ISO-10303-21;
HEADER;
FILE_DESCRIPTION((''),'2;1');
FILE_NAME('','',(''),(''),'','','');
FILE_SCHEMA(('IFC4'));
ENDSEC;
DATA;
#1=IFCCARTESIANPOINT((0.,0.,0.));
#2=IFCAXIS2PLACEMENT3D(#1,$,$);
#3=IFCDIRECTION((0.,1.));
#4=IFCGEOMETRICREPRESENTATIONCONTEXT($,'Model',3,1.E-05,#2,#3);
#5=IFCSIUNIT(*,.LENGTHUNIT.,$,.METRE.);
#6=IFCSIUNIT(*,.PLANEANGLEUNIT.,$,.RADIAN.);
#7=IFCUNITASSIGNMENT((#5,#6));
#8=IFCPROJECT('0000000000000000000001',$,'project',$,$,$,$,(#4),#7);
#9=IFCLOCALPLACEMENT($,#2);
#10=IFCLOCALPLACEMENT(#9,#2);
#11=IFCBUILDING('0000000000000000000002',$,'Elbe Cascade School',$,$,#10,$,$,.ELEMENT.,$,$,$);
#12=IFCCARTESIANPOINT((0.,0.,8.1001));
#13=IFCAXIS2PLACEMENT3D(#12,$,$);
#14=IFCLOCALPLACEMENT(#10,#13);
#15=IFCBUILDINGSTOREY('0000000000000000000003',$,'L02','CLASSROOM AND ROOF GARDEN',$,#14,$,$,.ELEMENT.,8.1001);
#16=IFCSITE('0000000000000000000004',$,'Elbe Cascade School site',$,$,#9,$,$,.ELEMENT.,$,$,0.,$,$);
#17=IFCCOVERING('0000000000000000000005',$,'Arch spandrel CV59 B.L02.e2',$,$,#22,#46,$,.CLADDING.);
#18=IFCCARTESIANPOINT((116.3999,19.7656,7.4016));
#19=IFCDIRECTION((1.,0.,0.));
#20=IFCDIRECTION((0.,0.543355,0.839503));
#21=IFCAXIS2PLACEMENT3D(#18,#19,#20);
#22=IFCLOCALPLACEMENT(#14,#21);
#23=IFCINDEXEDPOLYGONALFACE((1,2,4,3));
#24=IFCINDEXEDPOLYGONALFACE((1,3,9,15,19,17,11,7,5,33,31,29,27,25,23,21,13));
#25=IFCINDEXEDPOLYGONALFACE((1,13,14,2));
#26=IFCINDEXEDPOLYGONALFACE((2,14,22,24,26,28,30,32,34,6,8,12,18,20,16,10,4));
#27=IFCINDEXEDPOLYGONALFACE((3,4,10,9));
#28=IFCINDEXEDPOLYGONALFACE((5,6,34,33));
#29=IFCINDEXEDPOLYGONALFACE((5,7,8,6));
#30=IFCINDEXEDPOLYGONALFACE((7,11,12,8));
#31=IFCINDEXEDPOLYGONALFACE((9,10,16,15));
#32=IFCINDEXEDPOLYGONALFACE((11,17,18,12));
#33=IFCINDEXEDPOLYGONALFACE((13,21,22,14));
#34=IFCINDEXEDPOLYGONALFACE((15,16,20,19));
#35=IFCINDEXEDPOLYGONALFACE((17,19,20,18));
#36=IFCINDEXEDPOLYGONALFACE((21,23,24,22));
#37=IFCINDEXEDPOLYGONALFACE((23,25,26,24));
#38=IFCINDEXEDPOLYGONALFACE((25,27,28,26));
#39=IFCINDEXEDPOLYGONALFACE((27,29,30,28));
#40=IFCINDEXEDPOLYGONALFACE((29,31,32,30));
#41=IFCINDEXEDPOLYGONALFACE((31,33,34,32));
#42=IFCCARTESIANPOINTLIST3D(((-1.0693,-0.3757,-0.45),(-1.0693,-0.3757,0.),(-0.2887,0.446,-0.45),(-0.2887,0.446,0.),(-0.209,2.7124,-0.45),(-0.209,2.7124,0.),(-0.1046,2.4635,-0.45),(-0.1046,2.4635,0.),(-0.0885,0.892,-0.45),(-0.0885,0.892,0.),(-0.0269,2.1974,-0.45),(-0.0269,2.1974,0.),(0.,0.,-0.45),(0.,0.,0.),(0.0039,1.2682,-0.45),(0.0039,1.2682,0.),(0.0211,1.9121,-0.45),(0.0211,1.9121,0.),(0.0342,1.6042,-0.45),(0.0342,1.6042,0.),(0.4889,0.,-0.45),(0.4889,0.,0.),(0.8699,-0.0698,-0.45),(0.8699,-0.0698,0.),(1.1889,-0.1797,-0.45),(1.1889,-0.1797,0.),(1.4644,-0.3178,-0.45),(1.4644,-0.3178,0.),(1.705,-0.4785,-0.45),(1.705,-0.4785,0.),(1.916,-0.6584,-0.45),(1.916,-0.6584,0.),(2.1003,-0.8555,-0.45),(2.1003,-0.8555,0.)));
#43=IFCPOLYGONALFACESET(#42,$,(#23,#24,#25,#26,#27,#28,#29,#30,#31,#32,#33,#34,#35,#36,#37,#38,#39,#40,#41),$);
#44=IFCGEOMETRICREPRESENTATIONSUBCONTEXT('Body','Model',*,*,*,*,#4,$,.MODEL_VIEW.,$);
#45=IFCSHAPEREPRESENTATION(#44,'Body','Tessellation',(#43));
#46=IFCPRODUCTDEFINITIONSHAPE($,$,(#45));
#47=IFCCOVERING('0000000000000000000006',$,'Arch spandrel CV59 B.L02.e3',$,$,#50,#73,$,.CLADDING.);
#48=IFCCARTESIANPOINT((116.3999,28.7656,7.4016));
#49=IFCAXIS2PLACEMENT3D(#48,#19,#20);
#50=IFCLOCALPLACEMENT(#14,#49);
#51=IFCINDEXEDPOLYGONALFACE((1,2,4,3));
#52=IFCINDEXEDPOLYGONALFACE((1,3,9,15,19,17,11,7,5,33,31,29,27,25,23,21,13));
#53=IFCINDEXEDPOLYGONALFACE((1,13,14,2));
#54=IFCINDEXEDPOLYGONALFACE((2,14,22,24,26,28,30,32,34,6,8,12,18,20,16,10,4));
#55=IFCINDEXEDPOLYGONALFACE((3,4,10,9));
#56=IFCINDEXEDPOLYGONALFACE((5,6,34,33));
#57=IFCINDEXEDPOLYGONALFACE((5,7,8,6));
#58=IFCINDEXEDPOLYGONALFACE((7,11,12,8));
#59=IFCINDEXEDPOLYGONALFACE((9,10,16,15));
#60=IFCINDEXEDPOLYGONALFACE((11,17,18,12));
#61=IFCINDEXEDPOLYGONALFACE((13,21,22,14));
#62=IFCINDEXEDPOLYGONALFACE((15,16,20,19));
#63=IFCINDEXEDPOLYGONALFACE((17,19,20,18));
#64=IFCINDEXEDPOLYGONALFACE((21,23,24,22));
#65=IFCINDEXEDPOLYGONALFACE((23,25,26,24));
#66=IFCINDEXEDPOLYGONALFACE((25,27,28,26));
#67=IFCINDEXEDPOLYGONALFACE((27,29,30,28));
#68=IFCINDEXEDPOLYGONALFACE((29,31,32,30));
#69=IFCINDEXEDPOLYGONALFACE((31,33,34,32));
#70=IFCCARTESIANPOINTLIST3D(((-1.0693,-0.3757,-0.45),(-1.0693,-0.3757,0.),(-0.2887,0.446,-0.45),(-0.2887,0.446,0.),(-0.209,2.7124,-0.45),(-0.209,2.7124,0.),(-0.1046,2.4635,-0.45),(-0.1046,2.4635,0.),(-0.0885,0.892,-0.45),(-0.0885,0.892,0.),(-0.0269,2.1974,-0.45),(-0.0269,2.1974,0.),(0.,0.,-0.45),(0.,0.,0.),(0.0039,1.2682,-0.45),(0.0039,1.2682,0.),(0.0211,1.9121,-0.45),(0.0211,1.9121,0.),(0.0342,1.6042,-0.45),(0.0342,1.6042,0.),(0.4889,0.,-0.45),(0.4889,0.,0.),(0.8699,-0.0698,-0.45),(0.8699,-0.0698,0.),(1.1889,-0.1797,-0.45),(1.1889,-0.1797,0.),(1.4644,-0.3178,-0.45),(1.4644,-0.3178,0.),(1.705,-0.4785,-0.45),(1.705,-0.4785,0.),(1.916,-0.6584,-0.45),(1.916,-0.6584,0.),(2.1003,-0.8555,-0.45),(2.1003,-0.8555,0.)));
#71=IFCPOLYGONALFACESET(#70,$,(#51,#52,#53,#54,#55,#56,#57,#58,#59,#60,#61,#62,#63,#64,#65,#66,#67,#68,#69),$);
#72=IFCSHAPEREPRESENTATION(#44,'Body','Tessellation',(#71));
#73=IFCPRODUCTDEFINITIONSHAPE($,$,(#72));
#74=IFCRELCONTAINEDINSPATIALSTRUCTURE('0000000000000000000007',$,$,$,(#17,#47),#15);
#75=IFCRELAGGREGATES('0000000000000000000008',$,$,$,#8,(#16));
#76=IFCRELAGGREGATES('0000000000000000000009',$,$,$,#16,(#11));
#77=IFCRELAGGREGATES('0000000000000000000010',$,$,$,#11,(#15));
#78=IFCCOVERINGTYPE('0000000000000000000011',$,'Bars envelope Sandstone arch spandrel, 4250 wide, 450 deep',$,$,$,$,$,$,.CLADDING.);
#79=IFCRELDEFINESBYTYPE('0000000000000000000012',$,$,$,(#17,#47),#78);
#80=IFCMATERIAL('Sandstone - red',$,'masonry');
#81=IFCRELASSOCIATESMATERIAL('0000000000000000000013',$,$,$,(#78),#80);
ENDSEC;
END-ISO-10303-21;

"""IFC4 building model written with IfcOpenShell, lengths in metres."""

from ifc_helpers import new_model, si_unit, direction, frame, origin, place, context, subcontext, project, spatial, polyline, outline, extrude, material, type_object, element, save


model = new_model("IFC4")

# Units and contexts
model_context = context("Model", 3, precision=1e-05, world=origin(), true_north=direction((0.0, 1.0)))
body_context = subcontext(model_context, "Body", "Model", "MODEL_VIEW")
ifc_project = project(units=[si_unit("LENGTHUNIT", "METRE"), si_unit("PLANEANGLEUNIT", "RADIAN")], contexts=[model_context])

# Site, building, storey
site_placement = place(None, origin())
site = spatial("IfcSite", under=ifc_project, at=site_placement, Name="Elbe Cascade School site", CompositionType="ELEMENT", RefElevation=0.0)
building_placement = place(site_placement, origin())
building = spatial("IfcBuilding", under=site, at=building_placement, Name="Elbe Cascade School", CompositionType="ELEMENT")
storey_placement = place(building_placement, frame((0.0, 0.0, 8.1001)))
storey = spatial("IfcBuildingStorey", under=building, at=storey_placement, Name="L02", Description="CLASSROOM AND ROOF GARDEN", CompositionType="ELEMENT", Elevation=8.1001)

# Coverings
ifc_material_1 = material(Name="Sandstone - red", Category="masonry")
covering_type_1 = type_object("IfcCoveringType", Name="Bars envelope Sandstone arch spandrel, 4250 wide, 450 deep", PredefinedType="CLADDING", material=ifc_material_1)
for number, where, z_axis, x_axis, name in (
    (1, (116.3999, 19.7656, 7.4016), (1.0, 0.0, 0.0), (0.0, 0.543355, 0.839503), "Arch spandrel CV59 B.L02.e2"),
    (2, (116.3999, 28.7656, 7.4016), (1.0, 0.0, 0.0), (0.0, 0.543355, 0.839503), "Arch spandrel CV59 B.L02.e3"),
):
    element("IfcCovering", number, at=place(storey_placement, frame(where, z_axis=z_axis, x_axis=x_axis)), inside=storey, type_object=covering_type_1, Name=name, PredefinedType="CLADDING", context=body_context, shape_type="SweptSolid", body=[
        extrude(outline(polyline([(0.0, 0.0), (0.4889, 0.0), (0.8699, -0.0698), (1.1889, -0.1797), (1.4644, -0.3178), (1.705, -0.4785), (1.916, -0.6584), (2.1003, -0.8555), (-0.209, 2.7124), (-0.1046, 2.4635), (-0.0269, 2.1974), (0.0211, 1.9121), (0.0342, 1.6042), (0.0039, 1.2682), (-0.0885, 0.892), (-0.2887, 0.446), (-1.0693, -0.3757), (0.0, 0.0)])), origin(), (0.0, 0.0, -1.0), 0.45),
    ])

save(model, "model.ifc")
